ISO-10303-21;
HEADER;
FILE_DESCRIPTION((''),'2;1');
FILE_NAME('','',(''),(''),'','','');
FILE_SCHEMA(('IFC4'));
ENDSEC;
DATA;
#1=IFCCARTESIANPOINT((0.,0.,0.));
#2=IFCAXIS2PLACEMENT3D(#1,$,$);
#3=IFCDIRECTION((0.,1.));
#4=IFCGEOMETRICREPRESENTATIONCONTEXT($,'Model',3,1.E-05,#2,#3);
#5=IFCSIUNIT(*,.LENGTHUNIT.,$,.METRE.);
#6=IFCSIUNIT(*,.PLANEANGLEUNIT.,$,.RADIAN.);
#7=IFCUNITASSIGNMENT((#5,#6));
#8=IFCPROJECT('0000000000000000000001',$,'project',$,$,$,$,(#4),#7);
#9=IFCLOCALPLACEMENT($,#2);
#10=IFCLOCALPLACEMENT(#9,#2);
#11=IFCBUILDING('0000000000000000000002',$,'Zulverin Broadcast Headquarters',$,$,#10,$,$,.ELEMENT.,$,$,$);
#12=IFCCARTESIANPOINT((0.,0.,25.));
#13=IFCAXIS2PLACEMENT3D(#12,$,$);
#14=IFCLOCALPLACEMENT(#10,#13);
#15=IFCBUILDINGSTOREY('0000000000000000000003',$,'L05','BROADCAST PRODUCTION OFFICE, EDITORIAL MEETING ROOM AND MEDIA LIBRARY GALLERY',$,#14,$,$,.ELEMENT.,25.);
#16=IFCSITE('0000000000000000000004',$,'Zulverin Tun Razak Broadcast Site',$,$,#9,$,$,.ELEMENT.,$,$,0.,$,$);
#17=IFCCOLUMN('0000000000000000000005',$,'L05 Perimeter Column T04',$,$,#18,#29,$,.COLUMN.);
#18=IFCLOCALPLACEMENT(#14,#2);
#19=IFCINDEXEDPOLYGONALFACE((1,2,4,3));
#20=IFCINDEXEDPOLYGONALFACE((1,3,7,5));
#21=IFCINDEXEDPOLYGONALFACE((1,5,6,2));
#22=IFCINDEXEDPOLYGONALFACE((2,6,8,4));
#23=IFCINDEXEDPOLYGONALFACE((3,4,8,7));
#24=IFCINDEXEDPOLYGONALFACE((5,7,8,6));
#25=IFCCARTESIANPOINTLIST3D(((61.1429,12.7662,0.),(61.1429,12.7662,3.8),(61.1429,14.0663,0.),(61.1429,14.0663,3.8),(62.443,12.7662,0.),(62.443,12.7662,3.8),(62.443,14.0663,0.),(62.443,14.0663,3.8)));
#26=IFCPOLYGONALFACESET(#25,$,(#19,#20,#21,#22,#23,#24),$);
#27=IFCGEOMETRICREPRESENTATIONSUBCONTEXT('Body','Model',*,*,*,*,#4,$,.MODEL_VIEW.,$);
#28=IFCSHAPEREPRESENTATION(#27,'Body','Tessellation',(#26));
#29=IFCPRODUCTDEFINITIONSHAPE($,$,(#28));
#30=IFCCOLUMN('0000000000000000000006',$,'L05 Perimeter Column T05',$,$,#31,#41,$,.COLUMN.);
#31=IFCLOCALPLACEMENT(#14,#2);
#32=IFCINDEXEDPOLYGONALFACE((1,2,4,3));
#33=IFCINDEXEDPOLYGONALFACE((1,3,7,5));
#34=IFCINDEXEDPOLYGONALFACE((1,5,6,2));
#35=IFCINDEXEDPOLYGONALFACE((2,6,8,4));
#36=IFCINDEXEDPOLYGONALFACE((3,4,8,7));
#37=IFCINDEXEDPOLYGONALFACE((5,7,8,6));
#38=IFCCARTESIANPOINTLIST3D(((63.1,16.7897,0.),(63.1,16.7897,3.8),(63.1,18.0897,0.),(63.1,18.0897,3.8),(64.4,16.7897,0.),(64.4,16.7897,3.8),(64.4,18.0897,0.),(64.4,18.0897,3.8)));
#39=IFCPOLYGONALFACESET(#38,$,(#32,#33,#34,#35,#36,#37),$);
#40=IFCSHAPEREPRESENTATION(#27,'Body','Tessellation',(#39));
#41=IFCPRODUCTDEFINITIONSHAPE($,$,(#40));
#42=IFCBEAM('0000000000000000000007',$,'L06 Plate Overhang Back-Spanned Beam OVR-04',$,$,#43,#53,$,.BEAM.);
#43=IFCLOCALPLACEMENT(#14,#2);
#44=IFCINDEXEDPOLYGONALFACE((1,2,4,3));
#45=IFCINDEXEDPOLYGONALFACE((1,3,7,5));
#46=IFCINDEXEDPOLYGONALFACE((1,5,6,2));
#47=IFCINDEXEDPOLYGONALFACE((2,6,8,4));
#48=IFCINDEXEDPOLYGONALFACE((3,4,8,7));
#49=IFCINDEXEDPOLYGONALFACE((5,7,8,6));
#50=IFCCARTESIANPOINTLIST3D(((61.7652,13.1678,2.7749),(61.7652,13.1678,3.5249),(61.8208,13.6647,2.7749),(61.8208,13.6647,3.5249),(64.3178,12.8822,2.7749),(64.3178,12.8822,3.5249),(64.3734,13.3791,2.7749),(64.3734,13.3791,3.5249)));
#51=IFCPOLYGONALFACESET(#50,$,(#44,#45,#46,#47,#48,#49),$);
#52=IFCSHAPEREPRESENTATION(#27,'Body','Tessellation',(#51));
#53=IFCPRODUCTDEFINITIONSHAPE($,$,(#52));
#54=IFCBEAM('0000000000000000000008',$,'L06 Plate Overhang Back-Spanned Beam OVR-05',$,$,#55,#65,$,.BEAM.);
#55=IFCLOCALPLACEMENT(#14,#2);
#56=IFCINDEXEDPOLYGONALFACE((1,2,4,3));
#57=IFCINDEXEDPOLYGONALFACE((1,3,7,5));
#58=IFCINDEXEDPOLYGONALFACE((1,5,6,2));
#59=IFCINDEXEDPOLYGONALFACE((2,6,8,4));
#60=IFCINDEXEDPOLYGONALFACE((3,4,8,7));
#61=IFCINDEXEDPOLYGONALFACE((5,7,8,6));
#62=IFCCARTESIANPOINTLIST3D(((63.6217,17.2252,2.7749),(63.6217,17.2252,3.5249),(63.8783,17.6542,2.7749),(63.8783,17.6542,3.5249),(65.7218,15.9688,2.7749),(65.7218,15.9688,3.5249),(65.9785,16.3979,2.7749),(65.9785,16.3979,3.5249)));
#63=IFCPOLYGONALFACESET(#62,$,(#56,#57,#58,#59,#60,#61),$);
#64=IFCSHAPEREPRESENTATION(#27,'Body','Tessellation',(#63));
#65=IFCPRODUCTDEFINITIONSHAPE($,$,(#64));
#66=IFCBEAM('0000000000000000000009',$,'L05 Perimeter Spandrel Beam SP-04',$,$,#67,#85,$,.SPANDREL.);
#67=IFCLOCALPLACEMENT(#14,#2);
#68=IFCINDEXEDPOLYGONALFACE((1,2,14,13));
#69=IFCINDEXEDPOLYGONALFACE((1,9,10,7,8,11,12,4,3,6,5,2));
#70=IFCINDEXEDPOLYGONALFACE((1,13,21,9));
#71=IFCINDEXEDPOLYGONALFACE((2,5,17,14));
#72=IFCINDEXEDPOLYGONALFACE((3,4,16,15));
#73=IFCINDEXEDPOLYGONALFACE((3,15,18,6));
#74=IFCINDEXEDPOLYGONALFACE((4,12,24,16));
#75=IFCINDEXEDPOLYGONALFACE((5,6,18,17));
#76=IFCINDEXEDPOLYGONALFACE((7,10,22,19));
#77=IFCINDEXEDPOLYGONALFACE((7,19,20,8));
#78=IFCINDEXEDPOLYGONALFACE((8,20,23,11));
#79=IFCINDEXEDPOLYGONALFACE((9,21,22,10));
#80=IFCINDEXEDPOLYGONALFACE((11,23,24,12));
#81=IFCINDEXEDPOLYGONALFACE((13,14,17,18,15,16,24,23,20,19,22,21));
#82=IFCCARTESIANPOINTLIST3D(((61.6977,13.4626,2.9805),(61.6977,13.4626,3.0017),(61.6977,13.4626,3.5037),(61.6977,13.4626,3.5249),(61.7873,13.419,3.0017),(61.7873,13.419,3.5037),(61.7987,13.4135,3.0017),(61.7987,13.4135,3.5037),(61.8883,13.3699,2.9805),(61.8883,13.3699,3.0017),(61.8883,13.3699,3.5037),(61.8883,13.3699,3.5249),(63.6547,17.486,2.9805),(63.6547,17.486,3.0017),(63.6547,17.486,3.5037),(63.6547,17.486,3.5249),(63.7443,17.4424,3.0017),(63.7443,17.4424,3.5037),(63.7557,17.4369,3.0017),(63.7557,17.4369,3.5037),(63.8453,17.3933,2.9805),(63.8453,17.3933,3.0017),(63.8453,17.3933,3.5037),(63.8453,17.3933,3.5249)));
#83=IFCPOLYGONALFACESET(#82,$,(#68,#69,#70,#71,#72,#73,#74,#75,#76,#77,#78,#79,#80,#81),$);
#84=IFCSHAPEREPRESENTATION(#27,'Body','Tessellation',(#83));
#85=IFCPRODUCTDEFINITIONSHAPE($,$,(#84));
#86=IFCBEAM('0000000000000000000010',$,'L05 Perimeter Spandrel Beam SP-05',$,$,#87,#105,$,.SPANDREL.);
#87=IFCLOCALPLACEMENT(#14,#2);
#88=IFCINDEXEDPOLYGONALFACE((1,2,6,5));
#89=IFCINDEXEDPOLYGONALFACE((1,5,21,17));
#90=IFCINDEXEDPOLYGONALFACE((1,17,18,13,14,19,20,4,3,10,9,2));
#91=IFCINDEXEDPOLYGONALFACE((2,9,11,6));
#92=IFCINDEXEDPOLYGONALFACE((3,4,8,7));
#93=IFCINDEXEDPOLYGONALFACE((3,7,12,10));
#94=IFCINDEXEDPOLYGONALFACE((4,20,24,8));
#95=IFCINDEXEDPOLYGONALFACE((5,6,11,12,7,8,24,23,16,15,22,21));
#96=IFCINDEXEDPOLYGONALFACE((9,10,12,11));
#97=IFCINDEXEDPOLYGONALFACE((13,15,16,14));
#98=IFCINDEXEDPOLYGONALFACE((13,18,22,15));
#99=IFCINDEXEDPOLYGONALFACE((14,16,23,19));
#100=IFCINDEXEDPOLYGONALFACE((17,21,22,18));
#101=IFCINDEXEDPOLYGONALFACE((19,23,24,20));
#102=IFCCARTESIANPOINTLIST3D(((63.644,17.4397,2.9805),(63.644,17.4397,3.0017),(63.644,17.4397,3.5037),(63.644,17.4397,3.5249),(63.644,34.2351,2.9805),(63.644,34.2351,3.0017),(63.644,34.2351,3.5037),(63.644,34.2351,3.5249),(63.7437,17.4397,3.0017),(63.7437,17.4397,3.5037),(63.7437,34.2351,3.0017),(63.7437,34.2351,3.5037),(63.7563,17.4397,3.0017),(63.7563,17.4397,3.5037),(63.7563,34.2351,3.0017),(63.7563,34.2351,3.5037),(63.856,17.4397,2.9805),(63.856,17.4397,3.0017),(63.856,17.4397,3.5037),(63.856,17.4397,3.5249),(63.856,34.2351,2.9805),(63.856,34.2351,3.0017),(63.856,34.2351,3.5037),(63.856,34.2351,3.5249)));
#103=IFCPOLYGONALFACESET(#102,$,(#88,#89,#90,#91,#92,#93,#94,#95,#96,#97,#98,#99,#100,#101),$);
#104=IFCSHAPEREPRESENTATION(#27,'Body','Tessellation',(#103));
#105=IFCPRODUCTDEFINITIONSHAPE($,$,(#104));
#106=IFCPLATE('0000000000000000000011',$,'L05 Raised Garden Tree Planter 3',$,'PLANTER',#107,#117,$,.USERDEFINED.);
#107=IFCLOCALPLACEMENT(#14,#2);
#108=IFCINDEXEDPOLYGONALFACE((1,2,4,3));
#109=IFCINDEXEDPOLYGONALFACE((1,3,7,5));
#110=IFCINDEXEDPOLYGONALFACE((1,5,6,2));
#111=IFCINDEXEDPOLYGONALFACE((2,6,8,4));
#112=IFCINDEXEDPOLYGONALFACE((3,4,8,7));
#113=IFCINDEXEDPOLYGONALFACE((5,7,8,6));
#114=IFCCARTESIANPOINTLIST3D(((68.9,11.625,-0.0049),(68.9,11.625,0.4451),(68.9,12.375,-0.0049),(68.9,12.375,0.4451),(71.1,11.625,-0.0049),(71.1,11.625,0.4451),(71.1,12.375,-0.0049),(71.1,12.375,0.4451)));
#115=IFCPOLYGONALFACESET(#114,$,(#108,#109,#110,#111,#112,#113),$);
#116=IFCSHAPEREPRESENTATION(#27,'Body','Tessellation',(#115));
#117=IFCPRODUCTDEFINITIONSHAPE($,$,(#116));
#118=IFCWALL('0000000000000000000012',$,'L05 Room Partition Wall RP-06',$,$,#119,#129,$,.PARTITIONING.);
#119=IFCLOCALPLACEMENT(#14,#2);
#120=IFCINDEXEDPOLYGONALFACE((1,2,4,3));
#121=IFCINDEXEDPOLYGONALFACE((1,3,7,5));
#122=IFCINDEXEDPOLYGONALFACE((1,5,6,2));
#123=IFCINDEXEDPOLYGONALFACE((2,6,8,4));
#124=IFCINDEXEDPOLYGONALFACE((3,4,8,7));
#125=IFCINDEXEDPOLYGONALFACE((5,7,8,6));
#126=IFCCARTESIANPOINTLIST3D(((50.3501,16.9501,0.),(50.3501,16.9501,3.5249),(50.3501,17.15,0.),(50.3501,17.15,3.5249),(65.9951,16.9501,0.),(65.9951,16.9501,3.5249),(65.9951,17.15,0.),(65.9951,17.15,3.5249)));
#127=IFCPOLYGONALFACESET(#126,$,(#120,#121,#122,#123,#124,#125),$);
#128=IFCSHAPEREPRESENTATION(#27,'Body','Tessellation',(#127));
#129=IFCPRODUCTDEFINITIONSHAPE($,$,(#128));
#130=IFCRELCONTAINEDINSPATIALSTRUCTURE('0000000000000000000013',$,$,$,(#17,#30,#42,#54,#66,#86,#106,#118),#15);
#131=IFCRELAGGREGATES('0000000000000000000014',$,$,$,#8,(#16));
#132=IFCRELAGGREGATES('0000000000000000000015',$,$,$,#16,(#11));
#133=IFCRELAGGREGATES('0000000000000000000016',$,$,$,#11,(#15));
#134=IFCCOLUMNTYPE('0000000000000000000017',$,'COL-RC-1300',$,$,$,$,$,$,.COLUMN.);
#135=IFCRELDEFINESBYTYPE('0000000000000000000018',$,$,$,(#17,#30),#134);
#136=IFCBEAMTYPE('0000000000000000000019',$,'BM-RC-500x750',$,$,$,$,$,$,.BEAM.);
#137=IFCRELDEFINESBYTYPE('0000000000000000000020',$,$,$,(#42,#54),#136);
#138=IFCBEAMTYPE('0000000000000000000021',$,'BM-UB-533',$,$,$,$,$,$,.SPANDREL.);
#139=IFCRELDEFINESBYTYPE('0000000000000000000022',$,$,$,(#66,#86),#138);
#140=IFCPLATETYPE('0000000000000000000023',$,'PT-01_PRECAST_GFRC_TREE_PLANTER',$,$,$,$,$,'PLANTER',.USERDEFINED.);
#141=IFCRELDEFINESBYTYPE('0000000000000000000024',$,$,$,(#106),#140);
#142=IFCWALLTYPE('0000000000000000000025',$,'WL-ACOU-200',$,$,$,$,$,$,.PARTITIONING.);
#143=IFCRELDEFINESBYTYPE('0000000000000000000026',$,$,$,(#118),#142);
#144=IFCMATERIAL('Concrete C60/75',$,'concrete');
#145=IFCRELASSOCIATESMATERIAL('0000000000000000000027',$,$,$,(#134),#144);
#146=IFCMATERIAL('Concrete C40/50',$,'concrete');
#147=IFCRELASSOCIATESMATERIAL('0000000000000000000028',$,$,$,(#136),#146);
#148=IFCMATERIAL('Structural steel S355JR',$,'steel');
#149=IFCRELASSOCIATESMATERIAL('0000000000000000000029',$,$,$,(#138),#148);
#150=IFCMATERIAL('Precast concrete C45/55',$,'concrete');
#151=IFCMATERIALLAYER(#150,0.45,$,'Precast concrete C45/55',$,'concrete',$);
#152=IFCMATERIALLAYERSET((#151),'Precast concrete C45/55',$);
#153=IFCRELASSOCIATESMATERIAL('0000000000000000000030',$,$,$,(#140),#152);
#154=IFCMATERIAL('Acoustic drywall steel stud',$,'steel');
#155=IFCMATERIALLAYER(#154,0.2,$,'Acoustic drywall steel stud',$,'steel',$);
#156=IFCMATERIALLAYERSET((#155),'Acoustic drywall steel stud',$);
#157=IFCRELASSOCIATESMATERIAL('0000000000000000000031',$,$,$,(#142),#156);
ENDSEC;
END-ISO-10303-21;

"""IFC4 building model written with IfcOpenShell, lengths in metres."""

from ifc_helpers import new_model, si_unit, direction, frame, frame_2d, origin, origin_2d, place, context, subcontext, project, spatial, rectangle, i_section, extrude, material, layer, layer_set, material_profile, profile_set, type_object, element, save


model = new_model("IFC4")

# Units and contexts
model_context = context("Model", 3, precision=1e-05, world=origin(), true_north=direction((0.0, 1.0)))
body_context = subcontext(model_context, "Body", "Model", "MODEL_VIEW")
ifc_project = project(units=[si_unit("LENGTHUNIT", "METRE"), si_unit("PLANEANGLEUNIT", "RADIAN")], contexts=[model_context])

# Site, building, storey
site_placement = place(None, origin())
site = spatial("IfcSite", under=ifc_project, at=site_placement, Name="Zulverin Tun Razak Broadcast Site", CompositionType="ELEMENT", RefElevation=0.0)
building_placement = place(site_placement, origin())
building = spatial("IfcBuilding", under=site, at=building_placement, Name="Zulverin Broadcast Headquarters", CompositionType="ELEMENT")
storey_placement = place(building_placement, frame((0.0, 0.0, 25.0)))
storey = spatial("IfcBuildingStorey", under=building, at=storey_placement, Name="L05", Description="BROADCAST PRODUCTION OFFICE, EDITORIAL MEETING ROOM AND MEDIA LIBRARY GALLERY", CompositionType="ELEMENT", Elevation=25.0)

# Columns
ifc_material_1 = material(Name="Concrete C60/75", Category="concrete")
ifc_material_profile_1 = material_profile(ifc_material_1, rectangle(XDim=1.3, YDim=1.3, at=origin_2d()), Name="Concrete C60/75", Category="concrete")
ifc_profile_set_1 = profile_set([ifc_material_profile_1], Name="Concrete C60/75")
column_type = type_object("IfcColumnType", Name="COL-RC-1300", PredefinedType="COLUMN", material=ifc_profile_set_1)
for number, where, z_axis, x_axis, name in (
    (1, (61.793, 13.4163, 0.0), (0.0, 0.0, 1.0), (1.0, 0.0, 0.0), "L05 Perimeter Column T04"),
    (2, (63.75, 17.4397, 0.0), (0.0, 0.0, 1.0), (1.0, 0.0, 0.0), "L05 Perimeter Column T05"),
):
    element("IfcColumn", number, at=place(storey_placement, frame(where, z_axis=z_axis, x_axis=x_axis)), inside=storey, type_object=column_type, Name=name, PredefinedType="COLUMN", context=body_context, shape_type="SweptSolid", body=[
        extrude(rectangle(XDim=1.3, YDim=1.3, at=origin_2d()), origin(), (0.0, 0.0, 1.0), 3.8),
    ])

# Beams
ifc_material_2 = material(Name="Concrete C40/50", Category="concrete")
ifc_material_profile_2 = material_profile(ifc_material_2, rectangle(XDim=0.5, YDim=0.75, at=origin_2d()), Name="Concrete C40/50", Category="concrete")
ifc_profile_set_2 = profile_set([ifc_material_profile_2], Name="Concrete C40/50")
beam_type_1 = type_object("IfcBeamType", Name="BM-RC-500x750", PredefinedType="BEAM", material=ifc_profile_set_2)
beam_1_placement = place(storey_placement, frame((61.793, 13.4163, 3.1499), z_axis=(0.993798, -0.111203, 0.0), x_axis=(0.111203, 0.993798, 0.0)))
element("IfcBeam", 3, at=beam_1_placement, inside=storey, type_object=beam_type_1, Name="L06 Plate Overhang Back-Spanned Beam OVR-04", PredefinedType="BEAM", context=body_context, shape_type="SweptSolid", body=[
    extrude(rectangle(XDim=0.5, YDim=0.75, at=origin_2d()), origin(), (0.0, 0.0, 1.0), 2.5686),
])
beam_2_placement = place(storey_placement, frame((63.75, 17.4397, 3.1499), z_axis=(0.858161, -0.51338, 0.0), x_axis=(0.51338, 0.858161, 0.0)))
element("IfcBeam", 4, at=beam_2_placement, inside=storey, type_object=beam_type_1, Name="L06 Plate Overhang Back-Spanned Beam OVR-05", PredefinedType="BEAM", context=body_context, shape_type="SweptSolid", body=[
    extrude(rectangle(XDim=0.5, YDim=0.75, at=origin_2d()), origin(), (0.0, 0.0, 1.0), 2.4473),
])
ifc_material_3 = material(Name="Structural steel S355JR", Category="steel")
ifc_material_profile_3 = material_profile(ifc_material_3, i_section(OverallWidth=0.2119, OverallDepth=0.5444, WebThickness=0.0127, FlangeThickness=0.0212, at=origin_2d()), Name="Structural steel S355JR", Category="steel")
ifc_profile_set_3 = profile_set([ifc_material_profile_3], Name="Structural steel S355JR")
beam_type_2 = type_object("IfcBeamType", Name="BM-UB-533", PredefinedType="SPANDREL", material=ifc_profile_set_3)
beam_3_placement = place(storey_placement, frame((61.793, 13.4163, 3.2527), z_axis=(0.437408, 0.899263, 0.0), x_axis=(-0.899263, 0.437408, 0.0)))
element("IfcBeam", 5, at=beam_3_placement, inside=storey, type_object=beam_type_2, Name="L05 Perimeter Spandrel Beam SP-04", PredefinedType="SPANDREL", context=body_context, shape_type="SweptSolid", body=[
    extrude(i_section(OverallWidth=0.2119, OverallDepth=0.5444, WebThickness=0.0127, FlangeThickness=0.0212, at=origin_2d()), origin(), (0.0, 0.0, 1.0), 4.4741),
])
beam_4_placement = place(storey_placement, frame((63.75, 17.4397, 3.2527), z_axis=(0.0, 1.0, 0.0), x_axis=(-1.0, 0.0, 0.0)))
element("IfcBeam", 6, at=beam_4_placement, inside=storey, type_object=beam_type_2, Name="L05 Perimeter Spandrel Beam SP-05", PredefinedType="SPANDREL", context=body_context, shape_type="SweptSolid", body=[
    extrude(i_section(OverallWidth=0.2119, OverallDepth=0.5444, WebThickness=0.0127, FlangeThickness=0.0212, at=origin_2d()), origin(), (0.0, 0.0, 1.0), 16.7954),
])

# Plate
ifc_material_4 = material(Name="Precast concrete C45/55", Category="concrete")
ifc_layer_1 = layer(ifc_material_4, 0.45, Name="Precast concrete C45/55", Category="concrete")
ifc_layer_set_1 = layer_set([ifc_layer_1], Name="Precast concrete C45/55")
plate_type = type_object("IfcPlateType", Name="PT-01_PRECAST_GFRC_TREE_PLANTER", ElementType="PLANTER", PredefinedType="USERDEFINED", material=ifc_layer_set_1)
plate_placement = place(storey_placement, frame((70.0, 12.0, -0.0049), z_axis=(0.0, 0.0, 1.0), x_axis=(1.0, 0.0, 0.0)))
element("IfcPlate", 7, at=plate_placement, inside=storey, type_object=plate_type, Name="L05 Raised Garden Tree Planter 3", ObjectType="PLANTER", PredefinedType="USERDEFINED", context=body_context, shape_type="SweptSolid", body=[
    extrude(rectangle(XDim=2.2, YDim=0.75, at=origin_2d()), origin(), (0.0, 0.0, 1.0), 0.45),
])

# Wall
ifc_material_5 = material(Name="Acoustic drywall steel stud", Category="steel")
ifc_layer_2 = layer(ifc_material_5, 0.2, Name="Acoustic drywall steel stud", Category="steel")
ifc_layer_set_2 = layer_set([ifc_layer_2], Name="Acoustic drywall steel stud")
wall_type_1 = type_object("IfcWallType", Name="WL-ACOU-200", PredefinedType="PARTITIONING", material=ifc_layer_set_2)
wall_1_placement = place(storey_placement, frame((50.3501, 17.05, 0.0), z_axis=(0.0, 0.0, 1.0), x_axis=(1.0, 0.0, 0.0)))
element("IfcWall", 8, at=wall_1_placement, inside=storey, type_object=wall_type_1, Name="L05 Room Partition Wall RP-06", PredefinedType="PARTITIONING", context=body_context, shape_type="SweptSolid", body=[
    extrude(rectangle(XDim=15.645, YDim=0.2, at=frame_2d((7.8225, 0.0))), origin(), (0.0, 0.0, 1.0), 3.5249),
])

save(model, "model.ifc")
